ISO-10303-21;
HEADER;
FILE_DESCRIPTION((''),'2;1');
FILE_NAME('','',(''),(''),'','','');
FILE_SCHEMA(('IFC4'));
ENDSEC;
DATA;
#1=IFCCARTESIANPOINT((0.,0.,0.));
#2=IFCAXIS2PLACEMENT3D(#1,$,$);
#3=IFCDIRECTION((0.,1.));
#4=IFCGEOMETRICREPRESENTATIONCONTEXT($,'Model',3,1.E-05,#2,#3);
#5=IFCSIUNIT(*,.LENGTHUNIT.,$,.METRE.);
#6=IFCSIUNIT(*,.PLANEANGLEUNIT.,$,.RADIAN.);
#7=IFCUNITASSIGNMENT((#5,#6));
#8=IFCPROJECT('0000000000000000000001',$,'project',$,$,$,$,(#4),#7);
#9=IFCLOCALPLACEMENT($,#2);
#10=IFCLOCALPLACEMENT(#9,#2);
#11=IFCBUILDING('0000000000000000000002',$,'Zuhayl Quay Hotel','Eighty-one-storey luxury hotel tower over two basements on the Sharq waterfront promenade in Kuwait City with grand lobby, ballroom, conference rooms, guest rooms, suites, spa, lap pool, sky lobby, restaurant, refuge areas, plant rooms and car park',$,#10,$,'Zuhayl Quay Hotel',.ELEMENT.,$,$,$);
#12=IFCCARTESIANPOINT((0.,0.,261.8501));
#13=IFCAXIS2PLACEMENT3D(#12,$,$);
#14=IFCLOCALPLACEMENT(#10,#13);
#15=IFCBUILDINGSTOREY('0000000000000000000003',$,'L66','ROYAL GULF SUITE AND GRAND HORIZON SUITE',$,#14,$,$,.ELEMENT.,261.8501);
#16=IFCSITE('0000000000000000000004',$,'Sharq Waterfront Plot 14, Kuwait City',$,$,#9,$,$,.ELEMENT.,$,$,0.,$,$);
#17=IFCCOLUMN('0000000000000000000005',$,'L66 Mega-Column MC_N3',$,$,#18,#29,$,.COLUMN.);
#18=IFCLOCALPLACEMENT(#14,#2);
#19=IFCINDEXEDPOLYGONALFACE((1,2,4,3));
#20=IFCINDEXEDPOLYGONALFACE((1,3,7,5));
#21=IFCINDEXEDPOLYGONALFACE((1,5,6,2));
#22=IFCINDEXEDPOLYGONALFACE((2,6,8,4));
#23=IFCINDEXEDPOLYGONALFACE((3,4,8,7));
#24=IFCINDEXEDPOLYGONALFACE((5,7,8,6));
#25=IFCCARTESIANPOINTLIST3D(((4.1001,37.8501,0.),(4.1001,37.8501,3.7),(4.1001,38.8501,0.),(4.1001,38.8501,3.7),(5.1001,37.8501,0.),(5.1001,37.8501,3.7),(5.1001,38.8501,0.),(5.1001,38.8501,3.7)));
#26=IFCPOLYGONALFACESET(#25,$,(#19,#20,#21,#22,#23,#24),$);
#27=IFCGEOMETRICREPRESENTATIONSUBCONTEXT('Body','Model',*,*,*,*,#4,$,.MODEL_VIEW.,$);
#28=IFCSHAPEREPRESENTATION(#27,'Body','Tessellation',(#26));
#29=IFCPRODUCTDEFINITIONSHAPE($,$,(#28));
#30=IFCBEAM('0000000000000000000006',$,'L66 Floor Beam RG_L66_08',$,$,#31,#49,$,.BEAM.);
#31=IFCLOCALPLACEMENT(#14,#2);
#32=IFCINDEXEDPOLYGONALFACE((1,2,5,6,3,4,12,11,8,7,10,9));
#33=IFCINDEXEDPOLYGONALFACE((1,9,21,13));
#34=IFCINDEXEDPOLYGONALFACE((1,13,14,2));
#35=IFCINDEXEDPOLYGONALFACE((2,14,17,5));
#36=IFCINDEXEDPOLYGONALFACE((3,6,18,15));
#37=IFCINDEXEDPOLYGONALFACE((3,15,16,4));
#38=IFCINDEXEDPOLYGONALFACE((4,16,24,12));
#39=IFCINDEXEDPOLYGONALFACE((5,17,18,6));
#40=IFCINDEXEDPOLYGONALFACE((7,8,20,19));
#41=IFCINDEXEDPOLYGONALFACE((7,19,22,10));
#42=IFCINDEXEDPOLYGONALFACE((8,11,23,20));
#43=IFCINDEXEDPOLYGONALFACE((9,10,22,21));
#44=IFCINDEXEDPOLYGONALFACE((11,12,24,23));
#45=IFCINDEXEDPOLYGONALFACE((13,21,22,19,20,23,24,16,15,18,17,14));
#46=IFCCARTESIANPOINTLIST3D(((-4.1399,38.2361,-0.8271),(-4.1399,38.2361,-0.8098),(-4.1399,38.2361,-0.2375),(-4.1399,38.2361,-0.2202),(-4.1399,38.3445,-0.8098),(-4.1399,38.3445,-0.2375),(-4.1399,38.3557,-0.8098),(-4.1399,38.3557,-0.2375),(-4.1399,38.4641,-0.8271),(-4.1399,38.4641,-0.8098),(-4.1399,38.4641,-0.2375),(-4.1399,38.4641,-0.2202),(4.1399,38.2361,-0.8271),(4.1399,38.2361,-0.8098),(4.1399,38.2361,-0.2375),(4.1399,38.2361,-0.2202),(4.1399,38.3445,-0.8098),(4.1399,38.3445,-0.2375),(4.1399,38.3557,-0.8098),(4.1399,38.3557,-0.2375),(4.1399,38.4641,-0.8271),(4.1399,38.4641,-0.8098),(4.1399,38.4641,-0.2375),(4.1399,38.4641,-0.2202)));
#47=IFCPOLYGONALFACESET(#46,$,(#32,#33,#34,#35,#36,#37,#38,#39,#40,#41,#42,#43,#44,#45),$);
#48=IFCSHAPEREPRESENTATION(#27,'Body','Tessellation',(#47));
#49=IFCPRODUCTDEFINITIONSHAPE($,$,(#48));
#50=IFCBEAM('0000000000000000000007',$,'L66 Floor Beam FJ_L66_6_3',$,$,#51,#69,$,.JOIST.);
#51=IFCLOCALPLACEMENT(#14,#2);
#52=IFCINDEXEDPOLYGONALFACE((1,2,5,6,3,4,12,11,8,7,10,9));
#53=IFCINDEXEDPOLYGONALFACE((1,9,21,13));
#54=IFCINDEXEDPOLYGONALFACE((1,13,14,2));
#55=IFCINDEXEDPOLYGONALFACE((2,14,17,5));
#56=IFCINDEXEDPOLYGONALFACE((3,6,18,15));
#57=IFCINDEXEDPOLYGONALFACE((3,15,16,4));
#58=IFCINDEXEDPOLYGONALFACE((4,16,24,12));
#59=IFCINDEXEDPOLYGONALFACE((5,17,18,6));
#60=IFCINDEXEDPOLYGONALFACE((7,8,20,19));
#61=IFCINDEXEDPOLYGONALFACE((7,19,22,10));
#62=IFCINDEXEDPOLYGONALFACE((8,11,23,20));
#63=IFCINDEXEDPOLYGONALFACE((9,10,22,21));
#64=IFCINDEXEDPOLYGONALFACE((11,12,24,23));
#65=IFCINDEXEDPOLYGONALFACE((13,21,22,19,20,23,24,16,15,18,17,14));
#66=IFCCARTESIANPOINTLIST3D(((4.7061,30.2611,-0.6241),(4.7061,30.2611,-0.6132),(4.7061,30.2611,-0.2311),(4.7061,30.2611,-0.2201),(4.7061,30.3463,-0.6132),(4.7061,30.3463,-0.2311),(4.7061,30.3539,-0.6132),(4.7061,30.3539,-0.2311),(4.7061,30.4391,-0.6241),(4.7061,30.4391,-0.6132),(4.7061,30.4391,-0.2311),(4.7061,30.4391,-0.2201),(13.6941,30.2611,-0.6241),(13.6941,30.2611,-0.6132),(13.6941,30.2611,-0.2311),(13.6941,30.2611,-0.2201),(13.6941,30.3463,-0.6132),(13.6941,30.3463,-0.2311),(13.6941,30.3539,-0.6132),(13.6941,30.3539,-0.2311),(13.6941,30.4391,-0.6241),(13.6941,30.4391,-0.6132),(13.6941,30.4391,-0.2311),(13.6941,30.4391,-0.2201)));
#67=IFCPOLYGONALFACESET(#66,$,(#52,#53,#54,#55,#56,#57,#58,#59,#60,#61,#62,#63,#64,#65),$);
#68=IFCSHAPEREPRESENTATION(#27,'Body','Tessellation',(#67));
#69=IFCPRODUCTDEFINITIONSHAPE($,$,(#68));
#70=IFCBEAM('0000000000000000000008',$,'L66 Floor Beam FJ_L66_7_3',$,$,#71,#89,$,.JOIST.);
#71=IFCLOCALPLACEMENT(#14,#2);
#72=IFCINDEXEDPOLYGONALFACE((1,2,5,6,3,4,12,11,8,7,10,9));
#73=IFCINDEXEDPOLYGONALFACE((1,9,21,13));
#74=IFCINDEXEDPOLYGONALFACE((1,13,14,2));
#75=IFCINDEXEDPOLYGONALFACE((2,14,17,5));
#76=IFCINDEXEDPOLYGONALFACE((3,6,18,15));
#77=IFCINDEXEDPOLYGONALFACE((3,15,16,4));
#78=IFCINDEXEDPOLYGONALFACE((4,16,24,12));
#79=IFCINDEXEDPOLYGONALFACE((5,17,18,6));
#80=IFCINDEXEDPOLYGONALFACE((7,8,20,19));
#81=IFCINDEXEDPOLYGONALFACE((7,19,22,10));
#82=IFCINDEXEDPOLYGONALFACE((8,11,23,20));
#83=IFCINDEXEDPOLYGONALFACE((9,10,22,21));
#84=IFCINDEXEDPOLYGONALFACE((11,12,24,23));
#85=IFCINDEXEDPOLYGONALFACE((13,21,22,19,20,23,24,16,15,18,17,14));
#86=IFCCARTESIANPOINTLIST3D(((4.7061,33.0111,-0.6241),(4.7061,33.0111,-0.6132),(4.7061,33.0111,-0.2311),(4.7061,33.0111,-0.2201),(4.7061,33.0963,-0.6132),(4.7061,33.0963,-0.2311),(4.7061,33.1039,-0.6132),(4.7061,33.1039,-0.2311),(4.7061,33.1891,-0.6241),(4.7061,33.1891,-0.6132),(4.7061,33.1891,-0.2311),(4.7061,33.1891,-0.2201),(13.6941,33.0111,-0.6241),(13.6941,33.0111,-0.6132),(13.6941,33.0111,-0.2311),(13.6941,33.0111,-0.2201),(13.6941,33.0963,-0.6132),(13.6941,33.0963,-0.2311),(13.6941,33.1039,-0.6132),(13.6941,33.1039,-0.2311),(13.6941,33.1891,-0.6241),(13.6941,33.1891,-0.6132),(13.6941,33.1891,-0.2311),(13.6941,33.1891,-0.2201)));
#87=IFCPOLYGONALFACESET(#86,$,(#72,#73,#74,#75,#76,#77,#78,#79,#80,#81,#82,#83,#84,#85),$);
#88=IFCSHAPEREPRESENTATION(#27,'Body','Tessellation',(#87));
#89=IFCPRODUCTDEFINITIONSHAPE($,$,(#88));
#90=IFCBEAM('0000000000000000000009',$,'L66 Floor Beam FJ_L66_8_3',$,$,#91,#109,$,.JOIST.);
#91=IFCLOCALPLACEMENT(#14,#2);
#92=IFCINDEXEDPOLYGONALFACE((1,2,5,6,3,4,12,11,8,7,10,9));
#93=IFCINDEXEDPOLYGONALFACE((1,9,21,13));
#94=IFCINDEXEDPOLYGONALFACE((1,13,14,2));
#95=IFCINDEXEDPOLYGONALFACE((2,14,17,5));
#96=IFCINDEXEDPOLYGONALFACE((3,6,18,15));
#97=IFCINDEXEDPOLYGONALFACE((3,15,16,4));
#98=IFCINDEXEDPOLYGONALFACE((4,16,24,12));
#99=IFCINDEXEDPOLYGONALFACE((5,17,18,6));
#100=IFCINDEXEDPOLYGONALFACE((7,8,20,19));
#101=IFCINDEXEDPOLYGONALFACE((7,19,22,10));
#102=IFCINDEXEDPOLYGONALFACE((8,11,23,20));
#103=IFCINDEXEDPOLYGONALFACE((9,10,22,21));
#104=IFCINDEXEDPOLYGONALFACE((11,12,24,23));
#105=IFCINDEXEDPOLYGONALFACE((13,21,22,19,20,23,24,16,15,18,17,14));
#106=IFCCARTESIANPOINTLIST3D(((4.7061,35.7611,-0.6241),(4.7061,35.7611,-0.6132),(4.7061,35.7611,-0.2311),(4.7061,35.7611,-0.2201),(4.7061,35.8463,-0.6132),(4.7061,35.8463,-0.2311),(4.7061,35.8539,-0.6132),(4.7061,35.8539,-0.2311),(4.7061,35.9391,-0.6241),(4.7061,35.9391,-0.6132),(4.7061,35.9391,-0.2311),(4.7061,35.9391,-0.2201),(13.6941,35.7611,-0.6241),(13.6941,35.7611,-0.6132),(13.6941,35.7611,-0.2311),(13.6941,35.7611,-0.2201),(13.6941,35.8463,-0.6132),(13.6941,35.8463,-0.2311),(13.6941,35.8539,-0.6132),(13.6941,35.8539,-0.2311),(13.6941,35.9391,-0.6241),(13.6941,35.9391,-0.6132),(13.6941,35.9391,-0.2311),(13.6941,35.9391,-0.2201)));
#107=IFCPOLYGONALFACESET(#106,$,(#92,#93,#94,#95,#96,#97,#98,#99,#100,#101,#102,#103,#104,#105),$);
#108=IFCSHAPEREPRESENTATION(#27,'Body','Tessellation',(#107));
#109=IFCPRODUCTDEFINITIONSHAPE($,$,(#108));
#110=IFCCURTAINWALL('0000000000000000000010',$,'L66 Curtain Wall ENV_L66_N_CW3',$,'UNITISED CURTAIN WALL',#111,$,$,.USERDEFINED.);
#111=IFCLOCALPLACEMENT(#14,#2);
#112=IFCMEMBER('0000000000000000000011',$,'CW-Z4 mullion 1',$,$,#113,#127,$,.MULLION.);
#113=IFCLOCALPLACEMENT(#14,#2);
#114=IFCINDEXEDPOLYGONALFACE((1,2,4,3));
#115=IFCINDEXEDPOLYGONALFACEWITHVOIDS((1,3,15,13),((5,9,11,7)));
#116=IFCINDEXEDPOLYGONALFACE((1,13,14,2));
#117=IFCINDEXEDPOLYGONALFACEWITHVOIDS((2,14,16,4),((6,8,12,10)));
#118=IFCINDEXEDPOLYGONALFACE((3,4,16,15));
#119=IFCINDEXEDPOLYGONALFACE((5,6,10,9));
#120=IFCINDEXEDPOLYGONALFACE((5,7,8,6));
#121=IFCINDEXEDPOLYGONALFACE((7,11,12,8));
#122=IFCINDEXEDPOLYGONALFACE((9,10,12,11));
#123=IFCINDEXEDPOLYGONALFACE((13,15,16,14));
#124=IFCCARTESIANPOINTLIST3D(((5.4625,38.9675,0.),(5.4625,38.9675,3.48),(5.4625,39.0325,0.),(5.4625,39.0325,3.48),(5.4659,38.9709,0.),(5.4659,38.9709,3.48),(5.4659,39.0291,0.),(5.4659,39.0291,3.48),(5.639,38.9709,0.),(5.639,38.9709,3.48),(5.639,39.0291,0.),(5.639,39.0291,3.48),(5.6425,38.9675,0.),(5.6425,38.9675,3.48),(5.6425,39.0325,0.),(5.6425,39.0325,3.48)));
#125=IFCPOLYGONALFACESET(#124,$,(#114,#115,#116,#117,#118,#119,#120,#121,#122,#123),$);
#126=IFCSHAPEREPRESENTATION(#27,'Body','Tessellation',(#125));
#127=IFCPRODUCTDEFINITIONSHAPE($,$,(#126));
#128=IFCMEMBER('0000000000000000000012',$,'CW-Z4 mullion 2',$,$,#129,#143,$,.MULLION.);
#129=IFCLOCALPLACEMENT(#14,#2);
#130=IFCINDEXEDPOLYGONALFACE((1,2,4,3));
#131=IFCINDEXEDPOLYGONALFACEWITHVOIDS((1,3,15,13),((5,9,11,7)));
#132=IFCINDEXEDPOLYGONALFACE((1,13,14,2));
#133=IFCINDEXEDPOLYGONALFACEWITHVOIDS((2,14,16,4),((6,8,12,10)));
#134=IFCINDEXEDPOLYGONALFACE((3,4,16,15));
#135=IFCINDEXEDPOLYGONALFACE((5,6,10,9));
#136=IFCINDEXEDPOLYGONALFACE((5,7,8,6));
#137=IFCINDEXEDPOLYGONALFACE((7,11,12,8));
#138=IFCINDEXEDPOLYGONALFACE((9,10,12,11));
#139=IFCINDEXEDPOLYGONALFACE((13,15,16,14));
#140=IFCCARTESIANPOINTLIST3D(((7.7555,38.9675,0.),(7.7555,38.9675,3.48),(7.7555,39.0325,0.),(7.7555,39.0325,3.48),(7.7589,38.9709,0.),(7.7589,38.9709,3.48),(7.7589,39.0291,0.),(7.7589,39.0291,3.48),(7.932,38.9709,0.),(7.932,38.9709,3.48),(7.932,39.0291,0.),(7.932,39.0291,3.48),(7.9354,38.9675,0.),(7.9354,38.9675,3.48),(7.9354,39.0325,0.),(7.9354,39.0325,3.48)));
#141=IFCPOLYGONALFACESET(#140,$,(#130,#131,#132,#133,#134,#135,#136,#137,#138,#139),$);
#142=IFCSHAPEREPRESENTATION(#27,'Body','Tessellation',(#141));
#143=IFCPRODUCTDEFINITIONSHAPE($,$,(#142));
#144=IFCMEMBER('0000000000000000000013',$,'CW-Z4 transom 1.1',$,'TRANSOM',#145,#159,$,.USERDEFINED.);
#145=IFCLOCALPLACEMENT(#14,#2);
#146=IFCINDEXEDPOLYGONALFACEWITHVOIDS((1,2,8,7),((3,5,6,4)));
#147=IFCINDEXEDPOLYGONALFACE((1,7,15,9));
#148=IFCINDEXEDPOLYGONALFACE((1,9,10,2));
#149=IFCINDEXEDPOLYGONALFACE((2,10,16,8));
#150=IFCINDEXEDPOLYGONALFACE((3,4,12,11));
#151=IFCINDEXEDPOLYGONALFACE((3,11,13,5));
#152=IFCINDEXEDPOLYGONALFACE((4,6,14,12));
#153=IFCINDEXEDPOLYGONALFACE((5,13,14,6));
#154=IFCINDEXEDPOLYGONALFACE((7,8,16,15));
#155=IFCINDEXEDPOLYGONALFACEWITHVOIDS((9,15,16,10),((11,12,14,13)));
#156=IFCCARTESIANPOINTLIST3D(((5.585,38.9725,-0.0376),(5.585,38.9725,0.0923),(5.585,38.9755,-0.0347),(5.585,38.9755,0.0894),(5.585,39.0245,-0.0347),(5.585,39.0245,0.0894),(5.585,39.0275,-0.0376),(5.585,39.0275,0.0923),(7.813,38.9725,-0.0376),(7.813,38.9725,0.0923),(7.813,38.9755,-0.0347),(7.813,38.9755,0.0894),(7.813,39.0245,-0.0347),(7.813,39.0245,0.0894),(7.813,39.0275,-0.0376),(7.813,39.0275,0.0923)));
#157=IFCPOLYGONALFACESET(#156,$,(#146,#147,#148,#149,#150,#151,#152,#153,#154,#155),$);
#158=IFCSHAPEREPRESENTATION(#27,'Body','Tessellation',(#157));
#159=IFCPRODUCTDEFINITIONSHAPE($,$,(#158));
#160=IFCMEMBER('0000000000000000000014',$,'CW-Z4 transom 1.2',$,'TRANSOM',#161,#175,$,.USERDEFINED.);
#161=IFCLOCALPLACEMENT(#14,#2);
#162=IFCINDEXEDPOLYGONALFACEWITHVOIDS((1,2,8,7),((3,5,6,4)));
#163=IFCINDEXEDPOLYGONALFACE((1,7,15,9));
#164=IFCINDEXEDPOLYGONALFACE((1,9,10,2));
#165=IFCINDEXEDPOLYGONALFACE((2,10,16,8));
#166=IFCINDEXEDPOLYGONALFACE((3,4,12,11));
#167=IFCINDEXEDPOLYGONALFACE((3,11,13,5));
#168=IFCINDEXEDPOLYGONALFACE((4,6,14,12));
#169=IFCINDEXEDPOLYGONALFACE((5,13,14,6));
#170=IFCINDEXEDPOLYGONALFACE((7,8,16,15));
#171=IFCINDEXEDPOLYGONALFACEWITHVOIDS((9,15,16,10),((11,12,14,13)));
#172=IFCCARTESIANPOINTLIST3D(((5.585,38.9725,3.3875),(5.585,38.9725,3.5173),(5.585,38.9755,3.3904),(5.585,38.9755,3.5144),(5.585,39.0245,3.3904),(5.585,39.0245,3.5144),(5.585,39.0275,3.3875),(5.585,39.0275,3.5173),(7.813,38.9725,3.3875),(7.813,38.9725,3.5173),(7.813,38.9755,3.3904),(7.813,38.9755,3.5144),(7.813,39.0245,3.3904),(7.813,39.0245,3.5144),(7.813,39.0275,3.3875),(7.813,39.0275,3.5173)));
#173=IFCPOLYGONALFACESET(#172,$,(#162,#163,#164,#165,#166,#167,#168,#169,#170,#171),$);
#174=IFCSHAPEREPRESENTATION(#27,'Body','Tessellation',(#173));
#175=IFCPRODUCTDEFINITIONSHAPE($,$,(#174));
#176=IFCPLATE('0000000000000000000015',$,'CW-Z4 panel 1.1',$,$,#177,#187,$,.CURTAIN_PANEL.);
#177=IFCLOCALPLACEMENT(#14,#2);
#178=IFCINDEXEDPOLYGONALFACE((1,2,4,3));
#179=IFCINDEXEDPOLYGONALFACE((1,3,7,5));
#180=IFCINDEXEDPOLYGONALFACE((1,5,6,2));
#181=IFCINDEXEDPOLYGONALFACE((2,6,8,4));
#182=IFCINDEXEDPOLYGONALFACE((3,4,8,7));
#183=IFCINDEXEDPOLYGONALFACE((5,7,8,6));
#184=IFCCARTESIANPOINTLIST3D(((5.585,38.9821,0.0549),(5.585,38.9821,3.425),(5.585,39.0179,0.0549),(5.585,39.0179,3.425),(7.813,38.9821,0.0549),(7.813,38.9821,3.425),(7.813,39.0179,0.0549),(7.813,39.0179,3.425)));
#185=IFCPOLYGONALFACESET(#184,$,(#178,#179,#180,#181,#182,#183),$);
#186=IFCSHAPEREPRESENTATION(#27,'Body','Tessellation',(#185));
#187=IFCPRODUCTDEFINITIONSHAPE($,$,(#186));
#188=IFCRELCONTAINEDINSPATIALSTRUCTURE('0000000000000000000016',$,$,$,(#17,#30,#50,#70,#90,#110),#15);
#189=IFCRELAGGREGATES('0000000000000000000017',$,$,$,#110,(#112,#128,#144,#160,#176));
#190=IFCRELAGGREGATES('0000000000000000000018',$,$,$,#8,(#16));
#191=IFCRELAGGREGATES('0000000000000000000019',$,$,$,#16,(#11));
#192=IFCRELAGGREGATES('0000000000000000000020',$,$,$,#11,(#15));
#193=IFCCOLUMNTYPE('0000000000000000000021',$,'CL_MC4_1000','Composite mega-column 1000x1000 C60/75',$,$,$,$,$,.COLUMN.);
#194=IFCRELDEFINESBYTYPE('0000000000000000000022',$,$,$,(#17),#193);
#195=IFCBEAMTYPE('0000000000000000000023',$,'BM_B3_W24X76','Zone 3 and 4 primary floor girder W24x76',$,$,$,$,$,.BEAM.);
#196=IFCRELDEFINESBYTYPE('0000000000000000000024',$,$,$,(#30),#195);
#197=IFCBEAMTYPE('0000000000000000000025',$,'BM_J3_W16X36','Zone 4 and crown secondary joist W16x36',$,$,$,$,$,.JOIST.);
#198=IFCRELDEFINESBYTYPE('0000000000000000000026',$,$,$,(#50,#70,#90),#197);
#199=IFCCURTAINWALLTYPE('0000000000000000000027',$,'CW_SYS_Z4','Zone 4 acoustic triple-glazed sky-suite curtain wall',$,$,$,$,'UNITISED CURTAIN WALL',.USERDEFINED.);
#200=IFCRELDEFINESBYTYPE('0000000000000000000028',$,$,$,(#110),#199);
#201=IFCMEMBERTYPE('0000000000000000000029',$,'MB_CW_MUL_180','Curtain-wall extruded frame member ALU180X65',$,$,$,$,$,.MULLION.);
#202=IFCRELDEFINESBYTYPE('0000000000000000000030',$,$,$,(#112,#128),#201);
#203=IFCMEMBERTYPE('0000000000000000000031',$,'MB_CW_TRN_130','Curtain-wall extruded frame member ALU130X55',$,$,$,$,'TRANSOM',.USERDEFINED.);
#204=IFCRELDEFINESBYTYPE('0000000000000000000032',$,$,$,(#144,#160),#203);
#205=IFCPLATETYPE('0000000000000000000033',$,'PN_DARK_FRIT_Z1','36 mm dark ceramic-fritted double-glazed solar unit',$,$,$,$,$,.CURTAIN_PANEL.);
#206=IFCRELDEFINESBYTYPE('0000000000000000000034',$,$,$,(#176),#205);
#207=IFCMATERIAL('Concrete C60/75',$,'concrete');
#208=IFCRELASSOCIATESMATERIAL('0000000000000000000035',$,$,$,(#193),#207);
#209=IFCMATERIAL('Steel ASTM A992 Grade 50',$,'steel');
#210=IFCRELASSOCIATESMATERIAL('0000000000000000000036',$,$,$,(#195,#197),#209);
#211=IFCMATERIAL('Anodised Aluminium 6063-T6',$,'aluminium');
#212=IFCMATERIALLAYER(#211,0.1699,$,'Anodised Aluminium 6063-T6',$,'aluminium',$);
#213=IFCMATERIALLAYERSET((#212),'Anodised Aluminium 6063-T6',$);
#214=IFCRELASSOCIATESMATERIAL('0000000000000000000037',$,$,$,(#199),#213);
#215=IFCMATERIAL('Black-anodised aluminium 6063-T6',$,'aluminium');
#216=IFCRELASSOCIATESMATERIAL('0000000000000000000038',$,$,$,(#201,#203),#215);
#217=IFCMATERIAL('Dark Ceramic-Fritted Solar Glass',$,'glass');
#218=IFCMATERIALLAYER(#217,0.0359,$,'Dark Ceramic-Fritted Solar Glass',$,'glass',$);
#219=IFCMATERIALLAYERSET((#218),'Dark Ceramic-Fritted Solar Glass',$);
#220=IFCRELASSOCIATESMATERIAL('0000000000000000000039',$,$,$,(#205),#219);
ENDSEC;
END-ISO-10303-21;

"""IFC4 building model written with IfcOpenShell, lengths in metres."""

from ifc_helpers import new_model, si_unit, direction, frame, origin, origin_2d, place, context, subcontext, project, spatial, rectangle, hollow_rectangle, i_section, extrude, material, layer, layer_set, material_profile, profile_set, type_object, element, aggregate, save


model = new_model("IFC4")

# Units and contexts
model_context = context("Model", 3, precision=1e-05, world=origin(), true_north=direction((0.0, 1.0)))
body_context = subcontext(model_context, "Body", "Model", "MODEL_VIEW")
ifc_project = project(units=[si_unit("LENGTHUNIT", "METRE"), si_unit("PLANEANGLEUNIT", "RADIAN")], contexts=[model_context])

# Site, building, storey
site_placement = place(None, origin())
site = spatial("IfcSite", under=ifc_project, at=site_placement, Name="Sharq Waterfront Plot 14, Kuwait City", CompositionType="ELEMENT", RefElevation=0.0)
building_placement = place(site_placement, origin())
building = spatial("IfcBuilding", under=site, at=building_placement, Name="Zuhayl Quay Hotel", Description="Eighty-one-storey luxury hotel tower over two basements on the Sharq waterfront promenade in Kuwait City with grand lobby, ballroom, conference rooms, guest rooms, suites, spa, lap pool, sky lobby, restaurant, refuge areas, plant rooms and car park", LongName="Zuhayl Quay Hotel", CompositionType="ELEMENT")
storey_placement = place(building_placement, frame((0.0, 0.0, 261.8501)))
storey = spatial("IfcBuildingStorey", under=building, at=storey_placement, Name="L66", Description="ROYAL GULF SUITE AND GRAND HORIZON SUITE", CompositionType="ELEMENT", Elevation=261.8501)

# Column
ifc_material_1 = material(Name="Concrete C60/75", Category="concrete")
ifc_material_profile_1 = material_profile(ifc_material_1, rectangle(XDim=1.0, YDim=1.0, at=origin_2d()), Name="RC1000X1000")
ifc_profile_set_1 = profile_set([ifc_material_profile_1], Name="Concrete C60/75")
column_type = type_object("IfcColumnType", Name="CL_MC4_1000", Description="Composite mega-column 1000x1000 C60/75", PredefinedType="COLUMN", material=ifc_profile_set_1)
column_placement = place(storey_placement, frame((4.6001, 38.3501, 0.0), z_axis=(0.0, 0.0, 1.0), x_axis=(1.0, 0.0, 0.0)))
element("IfcColumn", 1, at=column_placement, inside=storey, type_object=column_type, Name="L66 Mega-Column MC_N3", PredefinedType="COLUMN", context=body_context, shape_type="SweptSolid", body=[
    extrude(rectangle(XDim=1.0, YDim=1.0, at=origin_2d()), origin(), (0.0, 0.0, 1.0), 3.7),
])

# Beams
ifc_material_2 = material(Name="Steel ASTM A992 Grade 50", Category="steel")
ifc_material_profile_2 = material_profile(ifc_material_2, i_section(OverallWidth=0.228, OverallDepth=0.6069, WebThickness=0.0112, FlangeThickness=0.0173, at=origin_2d()), Name="W24X76")
ifc_profile_set_2 = profile_set([ifc_material_profile_2], Name="Steel ASTM A992 Grade 50")
beam_type_1 = type_object("IfcBeamType", Name="BM_B3_W24X76", Description="Zone 3 and 4 primary floor girder W24x76", PredefinedType="BEAM", material=ifc_profile_set_2)
beam_placement = place(storey_placement, frame((4.1399, 38.3501, -0.5237), z_axis=(-1.0, 0.0, 0.0), x_axis=(0.0, -1.0, 0.0)))
element("IfcBeam", 2, at=beam_placement, inside=storey, type_object=beam_type_1, Name="L66 Floor Beam RG_L66_08", PredefinedType="BEAM", context=body_context, shape_type="SweptSolid", body=[
    extrude(i_section(OverallWidth=0.228, OverallDepth=0.6069, WebThickness=0.0112, FlangeThickness=0.0173, at=origin_2d()), origin(), (0.0, 0.0, 1.0), 8.2798),
])
ifc_material_profile_3 = material_profile(ifc_material_2, i_section(OverallWidth=0.178, OverallDepth=0.4041, WebThickness=0.0076, FlangeThickness=0.011, at=origin_2d()), Name="W16X36")
ifc_profile_set_3 = profile_set([ifc_material_profile_3], Name="Steel ASTM A992 Grade 50")
beam_type_2 = type_object("IfcBeamType", Name="BM_J3_W16X36", Description="Zone 4 and crown secondary joist W16x36", PredefinedType="JOIST", material=ifc_profile_set_3)
for number, where, z_axis, x_axis, name in (
    (3, (4.7061, 30.3501, -0.4221), (1.0, 0.0, 0.0), (0.0, 1.0, 0.0), "L66 Floor Beam FJ_L66_6_3"),
    (4, (4.7061, 33.1001, -0.4221), (1.0, 0.0, 0.0), (0.0, 1.0, 0.0), "L66 Floor Beam FJ_L66_7_3"),
    (5, (4.7061, 35.8501, -0.4221), (1.0, 0.0, 0.0), (0.0, 1.0, 0.0), "L66 Floor Beam FJ_L66_8_3"),
):
    element("IfcBeam", number, at=place(storey_placement, frame(where, z_axis=z_axis, x_axis=x_axis)), inside=storey, type_object=beam_type_2, Name=name, PredefinedType="JOIST", context=body_context, shape_type="SweptSolid", body=[
        extrude(i_section(OverallWidth=0.178, OverallDepth=0.4041, WebThickness=0.0076, FlangeThickness=0.011, at=origin_2d()), origin(), (0.0, 0.0, 1.0), 8.988),
    ])

# Curtain wall, members, plate
ifc_material_3 = material(Name="Anodised Aluminium 6063-T6", Category="aluminium")
ifc_layer_1 = layer(ifc_material_3, 0.1699, Name="Anodised Aluminium 6063-T6", Category="aluminium")
ifc_layer_set_1 = layer_set([ifc_layer_1], Name="Anodised Aluminium 6063-T6")
curtain_wall_type = type_object("IfcCurtainWallType", Name="CW_SYS_Z4", Description="Zone 4 acoustic triple-glazed sky-suite curtain wall", ElementType="UNITISED CURTAIN WALL", PredefinedType="USERDEFINED", material=ifc_layer_set_1)
curtain_wall_placement = place(storey_placement, origin())
curtain_wall = element("IfcCurtainWall", 6, at=curtain_wall_placement, inside=storey, type_object=curtain_wall_type, Name="L66 Curtain Wall ENV_L66_N_CW3", ObjectType="UNITISED CURTAIN WALL", PredefinedType="USERDEFINED")
ifc_material_4 = material(Name="Black-anodised aluminium 6063-T6", Category="aluminium")
ifc_material_profile_4 = material_profile(ifc_material_4, hollow_rectangle(XDim=0.0649, YDim=0.1799, WallThickness=0.0034, at=origin_2d()), Name="ALU180X65")
ifc_profile_set_4 = profile_set([ifc_material_profile_4], Name="Black-anodised aluminium 6063-T6")
member_type_1 = type_object("IfcMemberType", Name="MB_CW_MUL_180", Description="Curtain-wall extruded frame member ALU180X65", PredefinedType="MULLION", material=ifc_profile_set_4)
member_1_placement = place(storey_placement, frame((5.5525, 39.0, 0.0), z_axis=(0.0, 0.0, 1.0), x_axis=(0.0, 1.0, 0.0)))
member_1 = element("IfcMember", 7, at=member_1_placement, type_object=member_type_1, Name="CW-Z4 mullion 1", PredefinedType="MULLION", context=body_context, shape_type="SweptSolid", body=[
    extrude(hollow_rectangle(XDim=0.0649, YDim=0.1799, WallThickness=0.0034, at=origin_2d()), origin(), (0.0, 0.0, 1.0), 3.48),
])
member_2_placement = place(storey_placement, frame((7.8455, 39.0, 0.0), z_axis=(0.0, 0.0, 1.0), x_axis=(0.0, 1.0, 0.0)))
member_2 = element("IfcMember", 8, at=member_2_placement, type_object=member_type_1, Name="CW-Z4 mullion 2", PredefinedType="MULLION", context=body_context, shape_type="SweptSolid", body=[
    extrude(hollow_rectangle(XDim=0.0649, YDim=0.1799, WallThickness=0.0034, at=origin_2d()), origin(), (0.0, 0.0, 1.0), 3.48),
])
ifc_material_profile_5 = material_profile(ifc_material_4, hollow_rectangle(XDim=0.0549, YDim=0.1299, WallThickness=0.0029, at=origin_2d()), Name="ALU130X55")
ifc_profile_set_5 = profile_set([ifc_material_profile_5], Name="Black-anodised aluminium 6063-T6")
member_type_2 = type_object("IfcMemberType", Name="MB_CW_TRN_130", Description="Curtain-wall extruded frame member ALU130X55", ElementType="TRANSOM", PredefinedType="USERDEFINED", material=ifc_profile_set_5)
member_3_placement = place(storey_placement, frame((5.585, 39.0, 0.0273), z_axis=(1.0, 0.0, 0.0), x_axis=(0.0, 1.0, 0.0)))
member_3 = element("IfcMember", 9, at=member_3_placement, type_object=member_type_2, Name="CW-Z4 transom 1.1", ObjectType="TRANSOM", PredefinedType="USERDEFINED", context=body_context, shape_type="SweptSolid", body=[
    extrude(hollow_rectangle(XDim=0.0549, YDim=0.1299, WallThickness=0.0029, at=origin_2d()), origin(), (0.0, 0.0, 1.0), 2.228),
])
member_4_placement = place(storey_placement, frame((5.585, 39.0, 3.4524), z_axis=(1.0, 0.0, 0.0), x_axis=(0.0, 1.0, 0.0)))
member_4 = element("IfcMember", 10, at=member_4_placement, type_object=member_type_2, Name="CW-Z4 transom 1.2", ObjectType="TRANSOM", PredefinedType="USERDEFINED", context=body_context, shape_type="SweptSolid", body=[
    extrude(hollow_rectangle(XDim=0.0549, YDim=0.1299, WallThickness=0.0029, at=origin_2d()), origin(), (0.0, 0.0, 1.0), 2.228),
])
ifc_material_5 = material(Name="Dark Ceramic-Fritted Solar Glass", Category="glass")
ifc_layer_2 = layer(ifc_material_5, 0.0359, Name="Dark Ceramic-Fritted Solar Glass", Category="glass")
ifc_layer_set_2 = layer_set([ifc_layer_2], Name="Dark Ceramic-Fritted Solar Glass")
plate_type = type_object("IfcPlateType", Name="PN_DARK_FRIT_Z1", Description="36 mm dark ceramic-fritted double-glazed solar unit", PredefinedType="CURTAIN_PANEL", material=ifc_layer_set_2)
plate_placement = place(storey_placement, frame((6.699, 39.0, 0.0549), z_axis=(0.0, 0.0, 1.0), x_axis=(1.0, 0.0, 0.0)))
plate = element("IfcPlate", 11, at=plate_placement, type_object=plate_type, Name="CW-Z4 panel 1.1", PredefinedType="CURTAIN_PANEL", context=body_context, shape_type="SweptSolid", body=[
    extrude(rectangle(XDim=2.228, YDim=0.0359, at=origin_2d()), origin(), (0.0, 0.0, 1.0), 3.3701),
])
aggregate(curtain_wall, [member_1, member_2, member_3, member_4, plate])

save(model, "model.ifc")
